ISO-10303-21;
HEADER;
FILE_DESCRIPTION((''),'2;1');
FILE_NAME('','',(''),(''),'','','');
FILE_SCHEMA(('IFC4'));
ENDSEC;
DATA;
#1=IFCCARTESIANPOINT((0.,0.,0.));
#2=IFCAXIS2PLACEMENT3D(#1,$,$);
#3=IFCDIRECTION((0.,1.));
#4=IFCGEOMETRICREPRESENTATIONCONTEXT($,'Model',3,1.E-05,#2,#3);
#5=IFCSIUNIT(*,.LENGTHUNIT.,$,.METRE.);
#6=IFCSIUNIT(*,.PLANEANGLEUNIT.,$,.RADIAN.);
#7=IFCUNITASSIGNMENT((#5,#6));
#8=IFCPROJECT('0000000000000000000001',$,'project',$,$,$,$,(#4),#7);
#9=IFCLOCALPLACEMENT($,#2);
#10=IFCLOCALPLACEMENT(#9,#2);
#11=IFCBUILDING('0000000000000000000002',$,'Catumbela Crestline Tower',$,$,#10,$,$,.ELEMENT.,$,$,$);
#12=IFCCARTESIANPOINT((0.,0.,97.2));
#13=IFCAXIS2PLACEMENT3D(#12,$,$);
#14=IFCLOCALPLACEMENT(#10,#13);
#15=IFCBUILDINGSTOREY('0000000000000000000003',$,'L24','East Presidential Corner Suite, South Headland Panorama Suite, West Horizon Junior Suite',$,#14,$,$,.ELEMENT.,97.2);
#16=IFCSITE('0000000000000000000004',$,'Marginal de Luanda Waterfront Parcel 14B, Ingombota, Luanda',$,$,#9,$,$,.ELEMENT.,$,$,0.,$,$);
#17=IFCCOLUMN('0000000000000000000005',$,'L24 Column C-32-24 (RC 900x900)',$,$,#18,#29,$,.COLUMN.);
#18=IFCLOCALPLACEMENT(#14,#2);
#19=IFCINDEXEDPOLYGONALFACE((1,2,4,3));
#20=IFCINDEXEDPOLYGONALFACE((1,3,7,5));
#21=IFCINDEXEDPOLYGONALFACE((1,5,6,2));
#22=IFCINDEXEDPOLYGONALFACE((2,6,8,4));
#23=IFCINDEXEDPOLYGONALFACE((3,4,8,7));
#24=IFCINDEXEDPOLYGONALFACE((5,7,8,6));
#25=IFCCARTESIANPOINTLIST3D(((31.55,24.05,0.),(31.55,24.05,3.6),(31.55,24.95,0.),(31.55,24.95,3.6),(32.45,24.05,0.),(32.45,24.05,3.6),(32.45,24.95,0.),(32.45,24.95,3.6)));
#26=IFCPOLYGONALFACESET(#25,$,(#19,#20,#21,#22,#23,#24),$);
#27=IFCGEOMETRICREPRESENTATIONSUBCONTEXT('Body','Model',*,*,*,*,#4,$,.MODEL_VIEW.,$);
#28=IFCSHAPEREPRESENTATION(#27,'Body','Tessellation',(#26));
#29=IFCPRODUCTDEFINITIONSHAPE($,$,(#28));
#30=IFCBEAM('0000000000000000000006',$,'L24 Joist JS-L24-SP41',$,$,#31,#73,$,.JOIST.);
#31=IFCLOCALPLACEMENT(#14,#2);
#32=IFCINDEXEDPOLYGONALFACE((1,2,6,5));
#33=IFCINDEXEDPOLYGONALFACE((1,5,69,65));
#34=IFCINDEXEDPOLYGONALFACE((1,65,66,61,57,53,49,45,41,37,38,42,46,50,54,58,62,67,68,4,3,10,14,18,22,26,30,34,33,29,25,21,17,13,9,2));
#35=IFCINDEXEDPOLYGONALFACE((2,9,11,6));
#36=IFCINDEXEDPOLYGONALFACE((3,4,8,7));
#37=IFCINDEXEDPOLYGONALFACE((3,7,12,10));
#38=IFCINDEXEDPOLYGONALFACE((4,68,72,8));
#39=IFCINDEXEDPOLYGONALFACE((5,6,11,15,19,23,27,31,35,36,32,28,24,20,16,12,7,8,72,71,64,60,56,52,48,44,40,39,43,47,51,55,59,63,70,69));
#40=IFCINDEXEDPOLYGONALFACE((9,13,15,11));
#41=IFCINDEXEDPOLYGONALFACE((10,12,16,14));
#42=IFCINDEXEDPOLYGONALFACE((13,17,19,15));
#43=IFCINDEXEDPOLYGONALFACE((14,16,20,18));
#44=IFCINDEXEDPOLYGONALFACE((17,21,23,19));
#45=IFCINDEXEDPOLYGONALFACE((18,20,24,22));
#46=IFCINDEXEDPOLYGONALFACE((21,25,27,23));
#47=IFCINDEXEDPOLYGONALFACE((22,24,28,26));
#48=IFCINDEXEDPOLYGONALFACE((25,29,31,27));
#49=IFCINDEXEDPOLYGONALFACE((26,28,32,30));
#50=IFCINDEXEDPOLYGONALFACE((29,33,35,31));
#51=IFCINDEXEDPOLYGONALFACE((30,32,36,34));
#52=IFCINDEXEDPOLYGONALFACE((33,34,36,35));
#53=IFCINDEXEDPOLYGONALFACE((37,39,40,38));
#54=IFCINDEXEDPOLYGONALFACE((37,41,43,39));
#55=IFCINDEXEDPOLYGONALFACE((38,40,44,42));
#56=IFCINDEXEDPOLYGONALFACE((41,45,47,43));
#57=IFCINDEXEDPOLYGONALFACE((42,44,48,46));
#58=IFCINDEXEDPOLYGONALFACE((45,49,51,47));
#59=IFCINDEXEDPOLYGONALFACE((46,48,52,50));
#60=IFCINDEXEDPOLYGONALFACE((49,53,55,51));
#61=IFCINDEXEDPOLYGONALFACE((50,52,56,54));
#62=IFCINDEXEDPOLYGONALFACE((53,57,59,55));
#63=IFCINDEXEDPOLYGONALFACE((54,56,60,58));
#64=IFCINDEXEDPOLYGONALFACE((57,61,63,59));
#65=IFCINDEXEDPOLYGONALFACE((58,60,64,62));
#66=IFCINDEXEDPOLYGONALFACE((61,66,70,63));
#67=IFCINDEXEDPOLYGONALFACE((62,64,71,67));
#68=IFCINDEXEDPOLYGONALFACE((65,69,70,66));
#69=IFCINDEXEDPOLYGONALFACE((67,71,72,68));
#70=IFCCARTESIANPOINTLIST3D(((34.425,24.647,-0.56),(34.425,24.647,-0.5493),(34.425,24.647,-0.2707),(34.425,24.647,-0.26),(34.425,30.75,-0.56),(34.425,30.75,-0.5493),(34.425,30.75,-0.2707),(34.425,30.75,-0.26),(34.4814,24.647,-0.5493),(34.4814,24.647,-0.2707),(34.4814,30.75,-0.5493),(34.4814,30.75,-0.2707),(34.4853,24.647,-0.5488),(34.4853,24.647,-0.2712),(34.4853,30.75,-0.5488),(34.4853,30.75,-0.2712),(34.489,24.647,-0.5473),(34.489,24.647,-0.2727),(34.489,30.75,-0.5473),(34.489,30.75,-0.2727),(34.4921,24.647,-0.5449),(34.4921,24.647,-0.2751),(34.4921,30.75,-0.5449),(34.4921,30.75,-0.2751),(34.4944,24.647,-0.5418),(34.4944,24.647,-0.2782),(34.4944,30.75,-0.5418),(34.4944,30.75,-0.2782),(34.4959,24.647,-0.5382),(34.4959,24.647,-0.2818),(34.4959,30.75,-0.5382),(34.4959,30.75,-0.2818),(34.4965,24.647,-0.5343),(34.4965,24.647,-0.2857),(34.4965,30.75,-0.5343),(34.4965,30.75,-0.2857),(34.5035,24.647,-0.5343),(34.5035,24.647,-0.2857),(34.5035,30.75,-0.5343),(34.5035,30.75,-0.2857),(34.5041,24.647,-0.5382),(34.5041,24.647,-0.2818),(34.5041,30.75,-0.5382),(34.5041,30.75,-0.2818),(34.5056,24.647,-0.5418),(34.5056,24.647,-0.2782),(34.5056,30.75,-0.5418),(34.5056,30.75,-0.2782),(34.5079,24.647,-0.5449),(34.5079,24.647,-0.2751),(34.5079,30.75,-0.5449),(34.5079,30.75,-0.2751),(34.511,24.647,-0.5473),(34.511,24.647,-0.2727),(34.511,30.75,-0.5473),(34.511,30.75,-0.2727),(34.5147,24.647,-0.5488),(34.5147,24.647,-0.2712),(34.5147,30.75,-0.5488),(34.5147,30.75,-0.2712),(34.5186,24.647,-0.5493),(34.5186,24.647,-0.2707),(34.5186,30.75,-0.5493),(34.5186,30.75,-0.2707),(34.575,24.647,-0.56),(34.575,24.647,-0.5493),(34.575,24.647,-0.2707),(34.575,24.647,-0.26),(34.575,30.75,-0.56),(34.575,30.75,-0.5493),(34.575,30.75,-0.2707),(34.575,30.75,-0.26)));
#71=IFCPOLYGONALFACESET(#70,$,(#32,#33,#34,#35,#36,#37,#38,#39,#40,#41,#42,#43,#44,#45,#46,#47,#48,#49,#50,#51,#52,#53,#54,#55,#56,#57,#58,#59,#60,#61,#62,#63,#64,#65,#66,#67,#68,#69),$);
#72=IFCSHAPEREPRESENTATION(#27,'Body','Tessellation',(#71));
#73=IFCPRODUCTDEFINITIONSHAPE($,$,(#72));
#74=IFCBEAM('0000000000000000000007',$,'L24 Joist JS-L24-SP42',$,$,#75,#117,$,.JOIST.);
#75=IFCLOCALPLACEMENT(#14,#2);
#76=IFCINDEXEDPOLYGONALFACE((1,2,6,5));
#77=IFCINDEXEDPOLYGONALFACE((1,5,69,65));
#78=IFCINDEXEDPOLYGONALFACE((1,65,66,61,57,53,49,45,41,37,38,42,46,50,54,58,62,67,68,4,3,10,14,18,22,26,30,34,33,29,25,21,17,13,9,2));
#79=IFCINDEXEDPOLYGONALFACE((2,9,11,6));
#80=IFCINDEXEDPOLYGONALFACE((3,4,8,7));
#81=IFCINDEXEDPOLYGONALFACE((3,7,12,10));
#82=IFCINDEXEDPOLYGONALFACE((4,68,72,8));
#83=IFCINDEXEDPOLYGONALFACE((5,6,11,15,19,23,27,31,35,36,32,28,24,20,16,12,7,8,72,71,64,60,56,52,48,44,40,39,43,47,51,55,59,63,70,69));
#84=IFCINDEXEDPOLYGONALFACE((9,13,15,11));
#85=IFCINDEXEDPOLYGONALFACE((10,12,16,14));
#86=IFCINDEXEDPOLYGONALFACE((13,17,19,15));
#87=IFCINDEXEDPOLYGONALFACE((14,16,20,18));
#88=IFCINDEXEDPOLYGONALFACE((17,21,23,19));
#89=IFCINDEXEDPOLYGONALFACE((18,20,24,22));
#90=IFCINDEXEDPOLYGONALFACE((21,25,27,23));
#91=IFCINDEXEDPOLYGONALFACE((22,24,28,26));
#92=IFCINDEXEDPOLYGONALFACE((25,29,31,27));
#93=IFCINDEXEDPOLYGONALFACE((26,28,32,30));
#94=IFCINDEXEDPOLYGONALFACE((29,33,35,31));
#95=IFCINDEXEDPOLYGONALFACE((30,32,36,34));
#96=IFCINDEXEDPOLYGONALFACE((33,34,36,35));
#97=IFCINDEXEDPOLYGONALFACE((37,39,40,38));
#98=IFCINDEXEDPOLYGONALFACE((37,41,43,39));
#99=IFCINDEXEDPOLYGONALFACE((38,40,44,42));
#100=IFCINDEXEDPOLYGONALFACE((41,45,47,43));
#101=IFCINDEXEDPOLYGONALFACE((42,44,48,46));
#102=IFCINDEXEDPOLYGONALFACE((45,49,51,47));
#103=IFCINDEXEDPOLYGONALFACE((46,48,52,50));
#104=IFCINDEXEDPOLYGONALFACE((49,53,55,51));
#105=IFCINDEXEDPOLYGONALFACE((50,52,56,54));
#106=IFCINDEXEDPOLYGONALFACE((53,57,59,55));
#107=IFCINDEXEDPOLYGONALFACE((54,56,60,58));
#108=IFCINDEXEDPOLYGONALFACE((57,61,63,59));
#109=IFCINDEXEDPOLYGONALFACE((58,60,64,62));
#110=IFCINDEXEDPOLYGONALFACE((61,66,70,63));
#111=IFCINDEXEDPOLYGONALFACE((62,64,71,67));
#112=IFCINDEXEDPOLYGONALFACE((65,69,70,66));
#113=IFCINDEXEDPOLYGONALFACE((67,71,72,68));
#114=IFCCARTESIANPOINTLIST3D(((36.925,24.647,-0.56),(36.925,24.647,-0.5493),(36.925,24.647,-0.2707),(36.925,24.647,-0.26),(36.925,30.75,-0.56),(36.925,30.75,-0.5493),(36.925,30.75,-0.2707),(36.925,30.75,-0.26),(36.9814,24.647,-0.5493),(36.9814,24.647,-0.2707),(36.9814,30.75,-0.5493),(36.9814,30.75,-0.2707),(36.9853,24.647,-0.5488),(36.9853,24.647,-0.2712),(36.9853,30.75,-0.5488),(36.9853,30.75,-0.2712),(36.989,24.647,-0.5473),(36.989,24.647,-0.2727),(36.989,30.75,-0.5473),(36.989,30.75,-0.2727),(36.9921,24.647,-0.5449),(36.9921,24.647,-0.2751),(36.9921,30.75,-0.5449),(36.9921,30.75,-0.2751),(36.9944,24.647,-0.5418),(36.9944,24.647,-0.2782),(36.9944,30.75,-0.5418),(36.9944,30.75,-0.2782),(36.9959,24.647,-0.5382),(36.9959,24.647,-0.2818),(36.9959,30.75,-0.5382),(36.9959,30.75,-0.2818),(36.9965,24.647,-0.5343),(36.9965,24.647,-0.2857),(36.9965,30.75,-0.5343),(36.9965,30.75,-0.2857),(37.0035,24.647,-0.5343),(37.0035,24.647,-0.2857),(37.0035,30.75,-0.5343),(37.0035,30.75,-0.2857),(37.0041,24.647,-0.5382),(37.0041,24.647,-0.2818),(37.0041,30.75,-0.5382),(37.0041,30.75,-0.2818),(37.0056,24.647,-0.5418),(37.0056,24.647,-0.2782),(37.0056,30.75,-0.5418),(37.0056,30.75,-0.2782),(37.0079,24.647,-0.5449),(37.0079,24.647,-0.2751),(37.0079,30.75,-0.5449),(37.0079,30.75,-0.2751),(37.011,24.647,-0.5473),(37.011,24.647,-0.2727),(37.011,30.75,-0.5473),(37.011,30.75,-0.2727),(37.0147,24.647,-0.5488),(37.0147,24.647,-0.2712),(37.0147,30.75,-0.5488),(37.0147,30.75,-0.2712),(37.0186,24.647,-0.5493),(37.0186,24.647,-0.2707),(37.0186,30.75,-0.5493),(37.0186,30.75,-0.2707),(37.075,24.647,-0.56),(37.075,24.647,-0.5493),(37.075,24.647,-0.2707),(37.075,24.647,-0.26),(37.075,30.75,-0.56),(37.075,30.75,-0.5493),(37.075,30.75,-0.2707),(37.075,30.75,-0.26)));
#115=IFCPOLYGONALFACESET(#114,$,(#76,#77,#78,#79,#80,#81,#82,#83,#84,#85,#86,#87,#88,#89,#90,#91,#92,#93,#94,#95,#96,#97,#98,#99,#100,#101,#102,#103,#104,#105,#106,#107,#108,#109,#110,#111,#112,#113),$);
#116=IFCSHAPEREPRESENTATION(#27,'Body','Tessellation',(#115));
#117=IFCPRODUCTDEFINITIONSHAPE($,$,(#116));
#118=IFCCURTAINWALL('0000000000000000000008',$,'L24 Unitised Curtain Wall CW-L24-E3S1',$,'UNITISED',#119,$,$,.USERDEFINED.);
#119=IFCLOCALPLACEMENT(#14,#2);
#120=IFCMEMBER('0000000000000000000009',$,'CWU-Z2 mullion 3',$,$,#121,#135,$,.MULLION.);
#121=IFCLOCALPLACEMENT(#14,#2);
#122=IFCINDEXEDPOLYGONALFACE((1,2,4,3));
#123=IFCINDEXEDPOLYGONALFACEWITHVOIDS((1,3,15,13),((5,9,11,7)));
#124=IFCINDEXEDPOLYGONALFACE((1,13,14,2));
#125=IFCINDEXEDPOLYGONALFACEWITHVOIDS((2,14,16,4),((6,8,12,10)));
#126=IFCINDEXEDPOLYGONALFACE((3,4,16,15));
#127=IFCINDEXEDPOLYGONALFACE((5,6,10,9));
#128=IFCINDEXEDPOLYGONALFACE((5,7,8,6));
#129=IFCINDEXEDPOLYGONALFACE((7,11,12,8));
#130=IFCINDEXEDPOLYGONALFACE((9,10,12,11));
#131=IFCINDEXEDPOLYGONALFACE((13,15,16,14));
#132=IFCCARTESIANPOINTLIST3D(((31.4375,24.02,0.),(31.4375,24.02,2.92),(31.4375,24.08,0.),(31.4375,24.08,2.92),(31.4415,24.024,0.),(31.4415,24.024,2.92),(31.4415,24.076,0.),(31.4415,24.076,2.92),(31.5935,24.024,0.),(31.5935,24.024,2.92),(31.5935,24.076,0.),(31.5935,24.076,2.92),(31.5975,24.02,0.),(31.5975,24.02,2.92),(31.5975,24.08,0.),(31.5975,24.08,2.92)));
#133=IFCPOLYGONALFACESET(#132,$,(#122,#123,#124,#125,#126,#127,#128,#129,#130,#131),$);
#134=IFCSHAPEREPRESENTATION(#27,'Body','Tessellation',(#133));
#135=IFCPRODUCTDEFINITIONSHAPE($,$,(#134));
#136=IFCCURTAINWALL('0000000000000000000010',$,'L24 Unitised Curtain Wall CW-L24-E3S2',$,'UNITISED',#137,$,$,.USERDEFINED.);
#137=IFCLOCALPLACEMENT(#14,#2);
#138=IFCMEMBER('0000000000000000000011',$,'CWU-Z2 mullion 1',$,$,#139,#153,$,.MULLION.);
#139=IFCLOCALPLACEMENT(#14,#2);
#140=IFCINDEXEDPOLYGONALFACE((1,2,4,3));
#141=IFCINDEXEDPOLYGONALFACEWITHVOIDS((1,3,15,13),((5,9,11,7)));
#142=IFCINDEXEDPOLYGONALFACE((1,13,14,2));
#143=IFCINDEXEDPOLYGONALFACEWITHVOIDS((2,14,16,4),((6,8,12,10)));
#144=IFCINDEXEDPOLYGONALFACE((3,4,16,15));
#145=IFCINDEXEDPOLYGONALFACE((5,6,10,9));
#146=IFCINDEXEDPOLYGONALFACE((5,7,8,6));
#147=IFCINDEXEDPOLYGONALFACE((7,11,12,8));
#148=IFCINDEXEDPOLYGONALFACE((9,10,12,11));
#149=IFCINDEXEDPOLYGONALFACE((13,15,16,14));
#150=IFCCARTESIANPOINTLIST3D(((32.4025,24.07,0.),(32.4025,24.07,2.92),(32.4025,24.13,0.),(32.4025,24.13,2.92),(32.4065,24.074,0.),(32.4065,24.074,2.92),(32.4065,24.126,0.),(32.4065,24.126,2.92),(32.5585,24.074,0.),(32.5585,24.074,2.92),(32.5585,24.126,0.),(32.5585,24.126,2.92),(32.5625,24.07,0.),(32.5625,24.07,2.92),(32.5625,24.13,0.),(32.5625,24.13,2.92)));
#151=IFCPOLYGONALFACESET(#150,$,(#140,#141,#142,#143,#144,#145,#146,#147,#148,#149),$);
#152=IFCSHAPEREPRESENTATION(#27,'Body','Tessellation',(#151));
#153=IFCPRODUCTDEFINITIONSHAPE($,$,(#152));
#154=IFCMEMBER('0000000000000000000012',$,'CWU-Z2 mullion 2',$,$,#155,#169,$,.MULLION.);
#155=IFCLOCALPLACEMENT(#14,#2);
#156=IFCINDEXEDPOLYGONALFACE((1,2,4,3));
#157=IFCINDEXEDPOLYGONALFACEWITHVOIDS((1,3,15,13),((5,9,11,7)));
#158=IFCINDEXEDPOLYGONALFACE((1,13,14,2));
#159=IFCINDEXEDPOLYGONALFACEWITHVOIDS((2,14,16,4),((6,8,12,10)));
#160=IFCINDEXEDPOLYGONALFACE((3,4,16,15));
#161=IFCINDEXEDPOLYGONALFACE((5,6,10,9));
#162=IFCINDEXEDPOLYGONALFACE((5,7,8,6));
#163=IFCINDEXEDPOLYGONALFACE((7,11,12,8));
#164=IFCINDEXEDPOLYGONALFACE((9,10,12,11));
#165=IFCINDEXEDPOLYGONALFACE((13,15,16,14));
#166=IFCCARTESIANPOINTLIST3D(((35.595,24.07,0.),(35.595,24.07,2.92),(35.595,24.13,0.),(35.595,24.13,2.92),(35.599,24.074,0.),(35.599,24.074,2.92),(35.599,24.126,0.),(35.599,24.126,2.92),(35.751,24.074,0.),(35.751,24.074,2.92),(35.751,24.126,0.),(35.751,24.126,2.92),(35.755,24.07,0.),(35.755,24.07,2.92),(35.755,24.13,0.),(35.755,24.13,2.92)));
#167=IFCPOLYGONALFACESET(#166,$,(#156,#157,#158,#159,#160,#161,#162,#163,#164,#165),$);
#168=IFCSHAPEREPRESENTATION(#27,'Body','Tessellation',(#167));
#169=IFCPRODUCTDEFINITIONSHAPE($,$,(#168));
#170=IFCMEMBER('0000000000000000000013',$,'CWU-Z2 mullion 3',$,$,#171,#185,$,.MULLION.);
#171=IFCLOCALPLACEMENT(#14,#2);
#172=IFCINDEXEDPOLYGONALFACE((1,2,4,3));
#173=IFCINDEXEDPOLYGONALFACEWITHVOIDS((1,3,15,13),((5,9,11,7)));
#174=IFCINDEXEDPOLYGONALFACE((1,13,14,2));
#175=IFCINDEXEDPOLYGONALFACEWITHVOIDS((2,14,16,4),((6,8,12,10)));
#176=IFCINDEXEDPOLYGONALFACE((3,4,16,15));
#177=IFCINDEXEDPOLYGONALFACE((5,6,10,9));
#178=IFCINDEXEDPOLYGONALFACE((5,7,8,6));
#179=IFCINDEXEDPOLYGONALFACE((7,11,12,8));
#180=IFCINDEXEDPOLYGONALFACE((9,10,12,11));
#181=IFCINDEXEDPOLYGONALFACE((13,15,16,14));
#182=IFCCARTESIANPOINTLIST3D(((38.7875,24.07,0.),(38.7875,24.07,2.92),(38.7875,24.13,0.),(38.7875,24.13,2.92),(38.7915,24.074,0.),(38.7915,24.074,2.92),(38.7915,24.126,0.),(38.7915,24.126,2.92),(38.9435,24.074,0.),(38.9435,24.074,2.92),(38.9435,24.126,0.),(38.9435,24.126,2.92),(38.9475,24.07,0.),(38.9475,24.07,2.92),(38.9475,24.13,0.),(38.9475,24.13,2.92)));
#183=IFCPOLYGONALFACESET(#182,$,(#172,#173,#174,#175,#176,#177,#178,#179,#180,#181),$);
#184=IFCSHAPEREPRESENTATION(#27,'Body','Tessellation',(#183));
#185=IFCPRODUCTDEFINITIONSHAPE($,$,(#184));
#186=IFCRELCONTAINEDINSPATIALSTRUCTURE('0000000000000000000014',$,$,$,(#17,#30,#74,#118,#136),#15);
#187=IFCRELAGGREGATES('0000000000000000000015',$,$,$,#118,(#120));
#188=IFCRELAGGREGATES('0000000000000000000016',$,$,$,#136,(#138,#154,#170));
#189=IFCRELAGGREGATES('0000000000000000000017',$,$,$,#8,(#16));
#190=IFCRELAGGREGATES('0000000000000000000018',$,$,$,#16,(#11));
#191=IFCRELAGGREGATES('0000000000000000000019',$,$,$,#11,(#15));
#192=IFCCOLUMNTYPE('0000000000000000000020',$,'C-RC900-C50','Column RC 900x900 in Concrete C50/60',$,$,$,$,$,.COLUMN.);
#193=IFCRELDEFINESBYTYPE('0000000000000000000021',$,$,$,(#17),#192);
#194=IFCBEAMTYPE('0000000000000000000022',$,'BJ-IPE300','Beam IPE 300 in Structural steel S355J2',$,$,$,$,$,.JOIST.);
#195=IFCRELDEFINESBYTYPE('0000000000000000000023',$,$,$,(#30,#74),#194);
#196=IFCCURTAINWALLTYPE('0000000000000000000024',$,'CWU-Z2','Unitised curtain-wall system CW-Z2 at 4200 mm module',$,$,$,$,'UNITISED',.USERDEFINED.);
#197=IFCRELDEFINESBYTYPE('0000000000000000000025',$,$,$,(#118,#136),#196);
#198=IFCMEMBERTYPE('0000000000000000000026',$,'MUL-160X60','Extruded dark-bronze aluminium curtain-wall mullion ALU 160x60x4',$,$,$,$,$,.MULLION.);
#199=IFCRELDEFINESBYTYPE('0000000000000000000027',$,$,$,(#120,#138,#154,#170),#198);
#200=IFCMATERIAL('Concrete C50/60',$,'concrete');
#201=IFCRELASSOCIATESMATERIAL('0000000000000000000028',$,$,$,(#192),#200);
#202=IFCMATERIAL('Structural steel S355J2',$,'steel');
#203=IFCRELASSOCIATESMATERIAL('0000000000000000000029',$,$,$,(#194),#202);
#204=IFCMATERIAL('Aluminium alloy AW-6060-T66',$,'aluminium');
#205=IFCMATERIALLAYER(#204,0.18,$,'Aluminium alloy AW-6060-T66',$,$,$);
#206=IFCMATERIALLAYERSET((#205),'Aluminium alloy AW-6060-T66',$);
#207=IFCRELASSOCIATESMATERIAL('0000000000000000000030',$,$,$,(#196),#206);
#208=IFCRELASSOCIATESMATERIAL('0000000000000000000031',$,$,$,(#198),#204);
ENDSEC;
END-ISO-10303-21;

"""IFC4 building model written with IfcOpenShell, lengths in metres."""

from ifc_helpers import new_model, si_unit, direction, frame, origin, origin_2d, place, context, subcontext, project, spatial, rectangle, hollow_rectangle, i_section, extrude, material, layer, layer_set, material_profile, profile_set, type_object, element, aggregate, save


model = new_model("IFC4")

# Units and contexts
model_context = context("Model", 3, precision=1e-05, world=origin(), true_north=direction((0.0, 1.0)))
body_context = subcontext(model_context, "Body", "Model", "MODEL_VIEW")
ifc_project = project(units=[si_unit("LENGTHUNIT", "METRE"), si_unit("PLANEANGLEUNIT", "RADIAN")], contexts=[model_context])

# Site, building, storey
site_placement = place(None, origin())
site = spatial("IfcSite", under=ifc_project, at=site_placement, Name="Marginal de Luanda Waterfront Parcel 14B, Ingombota, Luanda", CompositionType="ELEMENT", RefElevation=0.0)
building_placement = place(site_placement, origin())
building = spatial("IfcBuilding", under=site, at=building_placement, Name="Catumbela Crestline Tower", CompositionType="ELEMENT")
storey_placement = place(building_placement, frame((0.0, 0.0, 97.2)))
storey = spatial("IfcBuildingStorey", under=building, at=storey_placement, Name="L24", Description="East Presidential Corner Suite, South Headland Panorama Suite, West Horizon Junior Suite", CompositionType="ELEMENT", Elevation=97.2)

# Column
ifc_material_1 = material(Name="Concrete C50/60", Category="concrete")
ifc_material_profile_1 = material_profile(ifc_material_1, rectangle(XDim=0.9, YDim=0.9, at=origin_2d()), Name="RC 900x900")
ifc_profile_set_1 = profile_set([ifc_material_profile_1], Name="Concrete C50/60")
column_type = type_object("IfcColumnType", Name="C-RC900-C50", Description="Column RC 900x900 in Concrete C50/60", PredefinedType="COLUMN", material=ifc_profile_set_1)
column_placement = place(storey_placement, frame((32.0, 24.5, 0.0), z_axis=(0.0, 0.0, 1.0), x_axis=(1.0, 0.0, 0.0)))
element("IfcColumn", 1, at=column_placement, inside=storey, type_object=column_type, Name="L24 Column C-32-24 (RC 900x900)", PredefinedType="COLUMN", context=body_context, shape_type="SweptSolid", body=[
    extrude(rectangle(XDim=0.9, YDim=0.9, at=origin_2d()), origin(), (0.0, 0.0, 1.0), 3.6),
])

# Beams
ifc_material_2 = material(Name="Structural steel S355J2", Category="steel")
ifc_material_profile_2 = material_profile(ifc_material_2, i_section(OverallWidth=0.15, OverallDepth=0.3, WebThickness=0.0071, FlangeThickness=0.0107, FilletRadius=0.015, at=origin_2d()), Name="IPE 300")
ifc_profile_set_2 = profile_set([ifc_material_profile_2], Name="Structural steel S355J2")
beam_type_1 = type_object("IfcBeamType", Name="BJ-IPE300", Description="Beam IPE 300 in Structural steel S355J2", PredefinedType="JOIST", material=ifc_profile_set_2)
for number, where, z_axis, x_axis, name in (
    (2, (34.5, 24.647, -0.41), (0.0, 1.0, 0.0), (-1.0, 0.0, 0.0), "L24 Joist JS-L24-SP41"),
    (3, (37.0, 24.647, -0.41), (0.0, 1.0, 0.0), (-1.0, 0.0, 0.0), "L24 Joist JS-L24-SP42"),
):
    element("IfcBeam", number, at=place(storey_placement, frame(where, z_axis=z_axis, x_axis=x_axis)), inside=storey, type_object=beam_type_1, Name=name, PredefinedType="JOIST", context=body_context, shape_type="SweptSolid", body=[
        extrude(i_section(OverallWidth=0.15, OverallDepth=0.3, WebThickness=0.0071, FlangeThickness=0.0107, FilletRadius=0.015, at=origin_2d()), origin(), (0.0, 0.0, 1.0), 6.103),
    ])

# Curtain wall, member
ifc_material_3 = material(Name="Aluminium alloy AW-6060-T66", Category="aluminium")
ifc_layer_1 = layer(ifc_material_3, 0.18, Name="Aluminium alloy AW-6060-T66")
ifc_layer_set_1 = layer_set([ifc_layer_1], Name="Aluminium alloy AW-6060-T66")
curtain_wall_type = type_object("IfcCurtainWallType", Name="CWU-Z2", Description="Unitised curtain-wall system CW-Z2 at 4200 mm module", ElementType="UNITISED", PredefinedType="USERDEFINED", material=ifc_layer_set_1)
curtain_wall_1_placement = place(storey_placement, origin())
curtain_wall_1 = element("IfcCurtainWall", 4, at=curtain_wall_1_placement, inside=storey, type_object=curtain_wall_type, Name="L24 Unitised Curtain Wall CW-L24-E3S1", ObjectType="UNITISED", PredefinedType="USERDEFINED")
ifc_material_profile_3 = material_profile(ifc_material_3, hollow_rectangle(XDim=0.06, YDim=0.16, WallThickness=0.004, at=origin_2d()), Name="ALU 160x60x4")
ifc_profile_set_3 = profile_set([ifc_material_profile_3], Name="Aluminium alloy AW-6060-T66")
member_type_1 = type_object("IfcMemberType", Name="MUL-160X60", Description="Extruded dark-bronze aluminium curtain-wall mullion ALU 160x60x4", PredefinedType="MULLION", material=ifc_profile_set_3)
member_1_placement = place(storey_placement, frame((31.5175, 24.05, 0.0), z_axis=(0.0, 0.0, 1.0), x_axis=(0.0, 1.0, 0.0)))
member_1 = element("IfcMember", 5, at=member_1_placement, type_object=member_type_1, Name="CWU-Z2 mullion 3", PredefinedType="MULLION", context=body_context, shape_type="SweptSolid", body=[
    extrude(hollow_rectangle(XDim=0.06, YDim=0.16, WallThickness=0.004, at=origin_2d()), origin(), (0.0, 0.0, 1.0), 2.92),
])

# Curtain wall, members
curtain_wall_2_placement = place(storey_placement, origin())
curtain_wall_2 = element("IfcCurtainWall", 6, at=curtain_wall_2_placement, inside=storey, type_object=curtain_wall_type, Name="L24 Unitised Curtain Wall CW-L24-E3S2", ObjectType="UNITISED", PredefinedType="USERDEFINED")
member_2_placement = place(storey_placement, frame((32.4825, 24.1, 0.0), z_axis=(0.0, 0.0, 1.0), x_axis=(0.0, 1.0, 0.0)))
member_2 = element("IfcMember", 7, at=member_2_placement, type_object=member_type_1, Name="CWU-Z2 mullion 1", PredefinedType="MULLION", context=body_context, shape_type="SweptSolid", body=[
    extrude(hollow_rectangle(XDim=0.06, YDim=0.16, WallThickness=0.004, at=origin_2d()), origin(), (0.0, 0.0, 1.0), 2.92),
])
member_3_placement = place(storey_placement, frame((35.675, 24.1, 0.0), z_axis=(0.0, 0.0, 1.0), x_axis=(0.0, 1.0, 0.0)))
member_3 = element("IfcMember", 8, at=member_3_placement, type_object=member_type_1, Name="CWU-Z2 mullion 2", PredefinedType="MULLION", context=body_context, shape_type="SweptSolid", body=[
    extrude(hollow_rectangle(XDim=0.06, YDim=0.16, WallThickness=0.004, at=origin_2d()), origin(), (0.0, 0.0, 1.0), 2.92),
])
member_4_placement = place(storey_placement, frame((38.8675, 24.1, 0.0), z_axis=(0.0, 0.0, 1.0), x_axis=(0.0, 1.0, 0.0)))
member_4 = element("IfcMember", 9, at=member_4_placement, type_object=member_type_1, Name="CWU-Z2 mullion 3", PredefinedType="MULLION", context=body_context, shape_type="SweptSolid", body=[
    extrude(hollow_rectangle(XDim=0.06, YDim=0.16, WallThickness=0.004, at=origin_2d()), origin(), (0.0, 0.0, 1.0), 2.92),
])

aggregate(curtain_wall_1, [member_1])
aggregate(curtain_wall_2, [member_2, member_3, member_4])

save(model, "model.ifc")
